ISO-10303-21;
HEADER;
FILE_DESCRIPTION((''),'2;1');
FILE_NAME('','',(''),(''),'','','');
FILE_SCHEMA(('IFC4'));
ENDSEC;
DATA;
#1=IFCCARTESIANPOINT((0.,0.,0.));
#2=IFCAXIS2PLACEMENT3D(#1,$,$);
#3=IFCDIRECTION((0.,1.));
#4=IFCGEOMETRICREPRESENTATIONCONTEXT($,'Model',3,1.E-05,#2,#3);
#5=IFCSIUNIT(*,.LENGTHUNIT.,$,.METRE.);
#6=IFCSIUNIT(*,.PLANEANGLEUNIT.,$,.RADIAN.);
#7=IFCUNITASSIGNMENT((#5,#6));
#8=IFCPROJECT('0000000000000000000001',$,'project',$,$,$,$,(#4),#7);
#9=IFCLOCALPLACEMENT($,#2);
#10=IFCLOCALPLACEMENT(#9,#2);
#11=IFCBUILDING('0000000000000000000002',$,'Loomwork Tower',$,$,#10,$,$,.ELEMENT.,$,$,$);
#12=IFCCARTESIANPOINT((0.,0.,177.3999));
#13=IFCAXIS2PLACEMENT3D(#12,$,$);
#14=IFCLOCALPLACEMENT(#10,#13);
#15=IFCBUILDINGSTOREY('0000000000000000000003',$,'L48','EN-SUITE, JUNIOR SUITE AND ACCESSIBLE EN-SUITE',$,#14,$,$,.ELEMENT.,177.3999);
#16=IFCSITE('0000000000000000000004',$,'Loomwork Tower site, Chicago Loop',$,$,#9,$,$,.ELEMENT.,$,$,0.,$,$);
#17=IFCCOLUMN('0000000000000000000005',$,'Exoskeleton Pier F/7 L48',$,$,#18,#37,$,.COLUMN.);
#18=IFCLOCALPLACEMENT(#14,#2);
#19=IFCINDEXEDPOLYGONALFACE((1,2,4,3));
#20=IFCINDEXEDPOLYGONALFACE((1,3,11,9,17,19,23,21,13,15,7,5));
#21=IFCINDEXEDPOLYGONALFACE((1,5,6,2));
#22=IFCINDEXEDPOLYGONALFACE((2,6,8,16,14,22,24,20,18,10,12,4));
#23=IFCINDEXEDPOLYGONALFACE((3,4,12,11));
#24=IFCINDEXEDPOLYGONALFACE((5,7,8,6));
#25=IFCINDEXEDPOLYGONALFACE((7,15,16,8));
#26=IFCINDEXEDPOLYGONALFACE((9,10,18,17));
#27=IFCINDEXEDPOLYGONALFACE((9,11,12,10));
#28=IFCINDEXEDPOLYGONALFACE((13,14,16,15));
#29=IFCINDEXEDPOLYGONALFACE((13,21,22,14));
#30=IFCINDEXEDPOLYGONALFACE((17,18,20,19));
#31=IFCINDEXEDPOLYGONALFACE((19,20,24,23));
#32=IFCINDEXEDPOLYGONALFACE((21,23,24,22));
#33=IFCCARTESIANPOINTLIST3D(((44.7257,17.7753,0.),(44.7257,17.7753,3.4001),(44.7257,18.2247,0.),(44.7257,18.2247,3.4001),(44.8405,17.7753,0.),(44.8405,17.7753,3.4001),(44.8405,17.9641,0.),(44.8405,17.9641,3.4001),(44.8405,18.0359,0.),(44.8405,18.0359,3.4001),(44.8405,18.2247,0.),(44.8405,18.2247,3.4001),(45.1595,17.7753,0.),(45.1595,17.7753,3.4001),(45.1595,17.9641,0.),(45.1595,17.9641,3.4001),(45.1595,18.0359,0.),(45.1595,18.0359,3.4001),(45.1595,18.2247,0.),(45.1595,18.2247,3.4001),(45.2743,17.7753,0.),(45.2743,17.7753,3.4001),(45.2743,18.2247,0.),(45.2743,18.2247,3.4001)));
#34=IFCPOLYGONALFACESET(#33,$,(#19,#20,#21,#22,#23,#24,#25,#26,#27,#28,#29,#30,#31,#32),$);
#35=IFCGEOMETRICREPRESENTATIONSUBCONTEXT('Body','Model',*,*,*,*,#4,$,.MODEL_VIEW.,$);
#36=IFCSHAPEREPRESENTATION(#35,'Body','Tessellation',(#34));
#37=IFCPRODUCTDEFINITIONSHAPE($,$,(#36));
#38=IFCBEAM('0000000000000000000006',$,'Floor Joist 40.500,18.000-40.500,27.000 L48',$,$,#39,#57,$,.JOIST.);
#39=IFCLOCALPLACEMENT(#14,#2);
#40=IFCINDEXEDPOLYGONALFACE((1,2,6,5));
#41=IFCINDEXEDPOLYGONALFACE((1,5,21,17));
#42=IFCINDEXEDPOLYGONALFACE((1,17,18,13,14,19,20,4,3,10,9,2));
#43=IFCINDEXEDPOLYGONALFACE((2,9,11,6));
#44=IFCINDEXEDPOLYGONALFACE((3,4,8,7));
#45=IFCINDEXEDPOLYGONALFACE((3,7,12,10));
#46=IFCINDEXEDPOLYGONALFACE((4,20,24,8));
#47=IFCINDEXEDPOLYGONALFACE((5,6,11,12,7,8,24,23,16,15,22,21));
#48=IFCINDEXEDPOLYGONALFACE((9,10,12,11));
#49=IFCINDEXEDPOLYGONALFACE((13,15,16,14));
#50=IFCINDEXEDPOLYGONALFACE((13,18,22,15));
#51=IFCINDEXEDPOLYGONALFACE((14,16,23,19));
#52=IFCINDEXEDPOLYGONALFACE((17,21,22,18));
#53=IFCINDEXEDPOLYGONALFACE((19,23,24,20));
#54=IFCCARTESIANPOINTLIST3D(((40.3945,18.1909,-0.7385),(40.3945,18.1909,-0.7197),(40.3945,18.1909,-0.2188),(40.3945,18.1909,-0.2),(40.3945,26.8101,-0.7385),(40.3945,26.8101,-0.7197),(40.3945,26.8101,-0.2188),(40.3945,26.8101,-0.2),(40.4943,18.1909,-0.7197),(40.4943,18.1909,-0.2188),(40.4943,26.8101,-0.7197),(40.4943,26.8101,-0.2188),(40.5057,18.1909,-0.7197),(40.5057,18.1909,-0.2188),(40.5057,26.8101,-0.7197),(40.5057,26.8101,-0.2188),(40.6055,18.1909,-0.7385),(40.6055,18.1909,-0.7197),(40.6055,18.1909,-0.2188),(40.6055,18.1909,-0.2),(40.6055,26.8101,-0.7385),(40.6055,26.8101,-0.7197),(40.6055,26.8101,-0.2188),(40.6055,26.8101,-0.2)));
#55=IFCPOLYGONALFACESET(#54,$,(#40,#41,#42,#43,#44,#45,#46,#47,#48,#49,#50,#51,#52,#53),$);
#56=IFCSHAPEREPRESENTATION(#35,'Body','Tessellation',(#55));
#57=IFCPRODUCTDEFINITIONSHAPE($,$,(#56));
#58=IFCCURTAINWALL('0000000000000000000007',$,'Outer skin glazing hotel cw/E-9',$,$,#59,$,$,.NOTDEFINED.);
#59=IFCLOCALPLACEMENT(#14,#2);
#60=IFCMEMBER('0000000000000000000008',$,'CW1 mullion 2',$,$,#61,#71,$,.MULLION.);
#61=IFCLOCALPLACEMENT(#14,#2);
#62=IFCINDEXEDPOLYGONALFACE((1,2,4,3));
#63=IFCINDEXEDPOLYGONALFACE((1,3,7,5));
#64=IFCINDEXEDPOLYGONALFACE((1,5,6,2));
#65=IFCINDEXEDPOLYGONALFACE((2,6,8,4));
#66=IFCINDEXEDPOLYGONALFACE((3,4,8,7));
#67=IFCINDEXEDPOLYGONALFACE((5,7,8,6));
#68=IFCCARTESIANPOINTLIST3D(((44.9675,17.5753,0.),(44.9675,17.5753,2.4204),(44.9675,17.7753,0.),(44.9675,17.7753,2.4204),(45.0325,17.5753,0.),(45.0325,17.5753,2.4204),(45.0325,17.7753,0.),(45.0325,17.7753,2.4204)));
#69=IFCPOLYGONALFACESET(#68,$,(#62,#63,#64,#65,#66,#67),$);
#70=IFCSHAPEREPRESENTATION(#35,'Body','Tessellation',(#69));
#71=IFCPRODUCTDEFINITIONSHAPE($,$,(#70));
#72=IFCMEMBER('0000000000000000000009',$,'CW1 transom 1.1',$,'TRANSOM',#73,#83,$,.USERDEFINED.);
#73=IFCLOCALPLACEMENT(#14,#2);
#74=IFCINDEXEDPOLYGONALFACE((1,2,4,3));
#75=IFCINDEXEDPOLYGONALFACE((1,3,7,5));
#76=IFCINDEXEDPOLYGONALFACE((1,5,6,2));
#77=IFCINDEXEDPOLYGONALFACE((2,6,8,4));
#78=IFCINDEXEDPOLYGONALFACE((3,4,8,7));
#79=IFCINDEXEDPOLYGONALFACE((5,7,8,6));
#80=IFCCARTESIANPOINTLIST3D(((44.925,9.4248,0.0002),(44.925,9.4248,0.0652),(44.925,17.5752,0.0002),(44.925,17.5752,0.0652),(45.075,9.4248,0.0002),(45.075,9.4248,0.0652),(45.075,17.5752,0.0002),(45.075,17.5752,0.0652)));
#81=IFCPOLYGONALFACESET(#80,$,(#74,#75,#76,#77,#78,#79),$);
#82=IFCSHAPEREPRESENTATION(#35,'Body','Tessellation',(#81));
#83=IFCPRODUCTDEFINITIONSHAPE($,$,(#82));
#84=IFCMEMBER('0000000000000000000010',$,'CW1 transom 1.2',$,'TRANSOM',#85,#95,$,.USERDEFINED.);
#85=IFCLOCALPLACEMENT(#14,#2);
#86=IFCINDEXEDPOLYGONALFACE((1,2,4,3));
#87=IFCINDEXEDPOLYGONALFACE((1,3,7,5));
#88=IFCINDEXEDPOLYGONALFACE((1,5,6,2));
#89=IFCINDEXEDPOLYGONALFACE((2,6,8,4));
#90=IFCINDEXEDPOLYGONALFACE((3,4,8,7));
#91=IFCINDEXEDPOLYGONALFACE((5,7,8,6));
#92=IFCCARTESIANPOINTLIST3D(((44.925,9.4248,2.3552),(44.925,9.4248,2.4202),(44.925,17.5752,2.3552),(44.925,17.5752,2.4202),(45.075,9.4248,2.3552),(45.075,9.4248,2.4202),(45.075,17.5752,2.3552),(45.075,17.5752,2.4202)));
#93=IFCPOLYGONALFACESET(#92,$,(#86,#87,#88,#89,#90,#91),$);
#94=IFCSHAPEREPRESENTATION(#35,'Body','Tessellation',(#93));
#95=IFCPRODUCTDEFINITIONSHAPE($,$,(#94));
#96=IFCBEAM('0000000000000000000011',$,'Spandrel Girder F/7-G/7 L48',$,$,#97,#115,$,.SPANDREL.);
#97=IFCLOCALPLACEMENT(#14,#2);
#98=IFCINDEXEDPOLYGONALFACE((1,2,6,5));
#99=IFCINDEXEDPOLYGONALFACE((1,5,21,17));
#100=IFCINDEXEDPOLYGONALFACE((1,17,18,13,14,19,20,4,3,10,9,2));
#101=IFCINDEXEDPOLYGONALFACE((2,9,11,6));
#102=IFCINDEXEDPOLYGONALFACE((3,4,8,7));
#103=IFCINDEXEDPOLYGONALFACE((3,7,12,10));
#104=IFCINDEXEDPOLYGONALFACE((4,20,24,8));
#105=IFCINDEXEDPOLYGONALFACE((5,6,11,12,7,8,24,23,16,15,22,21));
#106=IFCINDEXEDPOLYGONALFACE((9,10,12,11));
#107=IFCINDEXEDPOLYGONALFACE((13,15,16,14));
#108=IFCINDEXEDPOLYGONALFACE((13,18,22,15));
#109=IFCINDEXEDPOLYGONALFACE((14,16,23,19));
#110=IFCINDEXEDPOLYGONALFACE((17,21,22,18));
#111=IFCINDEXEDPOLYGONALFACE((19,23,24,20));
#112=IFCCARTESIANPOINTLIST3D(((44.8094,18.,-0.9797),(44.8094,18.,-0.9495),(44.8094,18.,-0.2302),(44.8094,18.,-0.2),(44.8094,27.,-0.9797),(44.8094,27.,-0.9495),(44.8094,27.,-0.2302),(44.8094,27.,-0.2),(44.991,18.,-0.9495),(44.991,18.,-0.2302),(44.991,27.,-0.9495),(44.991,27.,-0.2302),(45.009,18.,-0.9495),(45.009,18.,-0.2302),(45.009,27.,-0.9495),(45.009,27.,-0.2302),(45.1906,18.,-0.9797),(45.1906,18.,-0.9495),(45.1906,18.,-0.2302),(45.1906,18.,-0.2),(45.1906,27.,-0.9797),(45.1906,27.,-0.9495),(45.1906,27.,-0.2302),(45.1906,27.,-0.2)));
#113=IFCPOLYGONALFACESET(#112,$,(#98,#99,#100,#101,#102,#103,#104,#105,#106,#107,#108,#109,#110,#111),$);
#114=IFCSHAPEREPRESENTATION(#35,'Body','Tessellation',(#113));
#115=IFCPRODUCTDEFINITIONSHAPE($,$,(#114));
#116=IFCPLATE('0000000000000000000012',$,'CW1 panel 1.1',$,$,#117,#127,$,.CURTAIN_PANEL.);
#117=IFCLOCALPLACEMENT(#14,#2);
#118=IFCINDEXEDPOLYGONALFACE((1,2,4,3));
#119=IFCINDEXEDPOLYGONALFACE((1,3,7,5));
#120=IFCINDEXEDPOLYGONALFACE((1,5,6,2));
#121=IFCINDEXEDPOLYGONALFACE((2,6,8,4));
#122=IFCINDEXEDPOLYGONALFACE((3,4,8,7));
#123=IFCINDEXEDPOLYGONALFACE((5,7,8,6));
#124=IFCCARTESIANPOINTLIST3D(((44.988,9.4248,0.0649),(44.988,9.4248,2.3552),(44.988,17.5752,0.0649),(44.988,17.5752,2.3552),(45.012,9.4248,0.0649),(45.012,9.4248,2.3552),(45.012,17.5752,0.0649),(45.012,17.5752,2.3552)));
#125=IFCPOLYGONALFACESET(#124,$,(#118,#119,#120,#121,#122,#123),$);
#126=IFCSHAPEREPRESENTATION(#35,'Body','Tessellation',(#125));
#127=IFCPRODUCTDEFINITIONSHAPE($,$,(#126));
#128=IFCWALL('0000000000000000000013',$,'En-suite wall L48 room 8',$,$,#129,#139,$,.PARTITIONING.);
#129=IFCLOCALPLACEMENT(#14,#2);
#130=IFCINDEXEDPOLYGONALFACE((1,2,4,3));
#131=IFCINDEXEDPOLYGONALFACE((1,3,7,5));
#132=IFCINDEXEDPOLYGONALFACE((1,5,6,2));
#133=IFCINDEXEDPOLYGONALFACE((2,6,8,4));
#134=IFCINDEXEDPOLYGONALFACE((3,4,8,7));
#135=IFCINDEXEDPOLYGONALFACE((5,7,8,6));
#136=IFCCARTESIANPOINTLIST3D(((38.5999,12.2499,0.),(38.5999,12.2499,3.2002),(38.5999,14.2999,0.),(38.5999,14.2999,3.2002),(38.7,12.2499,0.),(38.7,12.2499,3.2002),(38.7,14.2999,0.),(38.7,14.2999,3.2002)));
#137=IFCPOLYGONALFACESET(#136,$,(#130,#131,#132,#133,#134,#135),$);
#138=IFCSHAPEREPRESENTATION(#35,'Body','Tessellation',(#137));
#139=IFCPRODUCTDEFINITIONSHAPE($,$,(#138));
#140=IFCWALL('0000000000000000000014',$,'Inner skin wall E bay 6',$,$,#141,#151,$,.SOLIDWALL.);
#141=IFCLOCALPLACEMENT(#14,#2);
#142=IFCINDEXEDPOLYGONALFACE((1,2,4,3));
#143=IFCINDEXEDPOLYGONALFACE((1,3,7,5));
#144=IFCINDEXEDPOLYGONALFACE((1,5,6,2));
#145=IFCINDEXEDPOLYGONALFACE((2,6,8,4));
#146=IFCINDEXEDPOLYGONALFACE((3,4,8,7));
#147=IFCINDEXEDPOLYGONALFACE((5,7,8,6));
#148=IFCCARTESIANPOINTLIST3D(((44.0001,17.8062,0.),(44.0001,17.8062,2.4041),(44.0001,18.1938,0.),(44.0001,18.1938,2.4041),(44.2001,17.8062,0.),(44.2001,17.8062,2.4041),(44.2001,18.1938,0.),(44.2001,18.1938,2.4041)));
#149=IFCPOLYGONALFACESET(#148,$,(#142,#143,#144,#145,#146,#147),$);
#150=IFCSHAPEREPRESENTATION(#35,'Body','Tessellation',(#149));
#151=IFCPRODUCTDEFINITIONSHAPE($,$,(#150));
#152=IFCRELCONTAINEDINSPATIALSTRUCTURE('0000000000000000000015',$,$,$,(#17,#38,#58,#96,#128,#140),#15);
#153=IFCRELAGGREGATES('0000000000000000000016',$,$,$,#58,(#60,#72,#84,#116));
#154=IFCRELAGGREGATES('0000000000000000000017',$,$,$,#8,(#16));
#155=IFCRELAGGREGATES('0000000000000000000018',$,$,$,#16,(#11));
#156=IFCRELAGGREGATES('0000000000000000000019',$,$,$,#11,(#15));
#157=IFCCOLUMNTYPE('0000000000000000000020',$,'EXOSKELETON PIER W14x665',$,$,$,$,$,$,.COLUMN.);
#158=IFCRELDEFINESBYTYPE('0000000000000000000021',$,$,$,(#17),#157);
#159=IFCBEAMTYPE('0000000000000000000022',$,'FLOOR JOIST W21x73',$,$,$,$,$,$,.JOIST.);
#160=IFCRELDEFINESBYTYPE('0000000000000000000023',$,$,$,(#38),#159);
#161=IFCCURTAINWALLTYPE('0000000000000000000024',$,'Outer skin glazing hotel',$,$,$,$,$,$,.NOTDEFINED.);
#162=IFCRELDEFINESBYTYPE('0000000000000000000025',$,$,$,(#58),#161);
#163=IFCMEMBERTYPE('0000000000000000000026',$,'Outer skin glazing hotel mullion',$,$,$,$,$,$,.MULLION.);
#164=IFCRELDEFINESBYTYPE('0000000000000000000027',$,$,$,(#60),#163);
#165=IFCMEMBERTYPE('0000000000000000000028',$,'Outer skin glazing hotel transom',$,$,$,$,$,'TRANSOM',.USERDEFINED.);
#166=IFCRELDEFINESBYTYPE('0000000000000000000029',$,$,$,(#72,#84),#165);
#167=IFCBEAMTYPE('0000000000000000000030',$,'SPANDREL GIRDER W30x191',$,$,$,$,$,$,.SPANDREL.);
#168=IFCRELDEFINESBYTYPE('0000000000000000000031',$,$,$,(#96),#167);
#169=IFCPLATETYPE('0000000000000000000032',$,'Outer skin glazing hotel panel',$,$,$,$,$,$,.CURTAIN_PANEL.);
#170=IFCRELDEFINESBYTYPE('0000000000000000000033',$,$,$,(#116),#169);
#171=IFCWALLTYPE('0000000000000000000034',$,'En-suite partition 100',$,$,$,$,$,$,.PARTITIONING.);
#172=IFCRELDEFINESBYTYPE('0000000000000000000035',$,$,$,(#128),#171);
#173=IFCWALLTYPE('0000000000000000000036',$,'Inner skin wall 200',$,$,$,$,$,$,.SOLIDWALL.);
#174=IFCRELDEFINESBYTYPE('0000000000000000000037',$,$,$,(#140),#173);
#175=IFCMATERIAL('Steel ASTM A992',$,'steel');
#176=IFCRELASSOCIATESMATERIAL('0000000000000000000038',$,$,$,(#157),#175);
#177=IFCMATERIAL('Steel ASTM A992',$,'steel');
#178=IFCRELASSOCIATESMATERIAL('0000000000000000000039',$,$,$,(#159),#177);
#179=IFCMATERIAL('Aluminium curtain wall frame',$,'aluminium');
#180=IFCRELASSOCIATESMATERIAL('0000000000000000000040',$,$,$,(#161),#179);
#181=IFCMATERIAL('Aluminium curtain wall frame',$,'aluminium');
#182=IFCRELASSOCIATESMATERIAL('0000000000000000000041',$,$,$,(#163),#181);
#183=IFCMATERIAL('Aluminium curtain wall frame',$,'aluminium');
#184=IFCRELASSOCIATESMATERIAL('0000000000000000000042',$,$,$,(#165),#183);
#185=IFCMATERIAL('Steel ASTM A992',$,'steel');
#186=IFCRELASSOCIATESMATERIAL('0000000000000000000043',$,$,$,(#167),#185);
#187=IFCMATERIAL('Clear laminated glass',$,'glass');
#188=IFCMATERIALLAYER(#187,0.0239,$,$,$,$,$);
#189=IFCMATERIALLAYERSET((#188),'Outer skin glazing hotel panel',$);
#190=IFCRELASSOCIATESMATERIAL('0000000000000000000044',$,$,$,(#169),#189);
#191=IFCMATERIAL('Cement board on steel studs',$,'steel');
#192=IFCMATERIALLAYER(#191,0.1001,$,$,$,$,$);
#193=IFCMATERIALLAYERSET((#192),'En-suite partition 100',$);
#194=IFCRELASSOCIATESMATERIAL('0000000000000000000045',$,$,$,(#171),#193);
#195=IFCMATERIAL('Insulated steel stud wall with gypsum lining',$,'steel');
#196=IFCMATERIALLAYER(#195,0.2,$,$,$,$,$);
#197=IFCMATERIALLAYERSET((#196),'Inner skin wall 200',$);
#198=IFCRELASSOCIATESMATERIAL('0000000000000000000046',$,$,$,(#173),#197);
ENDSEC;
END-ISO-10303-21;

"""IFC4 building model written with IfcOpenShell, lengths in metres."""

from ifc_helpers import new_model, si_unit, direction, frame, frame_2d, origin, origin_2d, place, context, subcontext, project, spatial, rectangle, i_section, extrude, material, layer, layer_set, material_profile, profile_set, type_object, element, aggregate, save


model = new_model("IFC4")

# Units and contexts
model_context = context("Model", 3, precision=1e-05, world=origin(), true_north=direction((0.0, 1.0)))
body_context = subcontext(model_context, "Body", "Model", "MODEL_VIEW")
ifc_project = project(units=[si_unit("LENGTHUNIT", "METRE"), si_unit("PLANEANGLEUNIT", "RADIAN")], contexts=[model_context])

# Site, building, storey
site_placement = place(None, origin())
site = spatial("IfcSite", under=ifc_project, at=site_placement, Name="Loomwork Tower site, Chicago Loop", CompositionType="ELEMENT", RefElevation=0.0)
building_placement = place(site_placement, origin())
building = spatial("IfcBuilding", under=site, at=building_placement, Name="Loomwork Tower", CompositionType="ELEMENT")
storey_placement = place(building_placement, frame((0.0, 0.0, 177.3999)))
storey = spatial("IfcBuildingStorey", under=building, at=storey_placement, Name="L48", Description="EN-SUITE, JUNIOR SUITE AND ACCESSIBLE EN-SUITE", CompositionType="ELEMENT", Elevation=177.3999)

# Column
ifc_material_1 = material(Name="Steel ASTM A992", Category="steel")
ifc_material_profile_1 = material_profile(ifc_material_1, i_section(OverallWidth=0.4495, OverallDepth=0.5486, WebThickness=0.0718, FlangeThickness=0.1147, at=origin_2d()), Name="W14x665")
ifc_profile_set_1 = profile_set([ifc_material_profile_1], Name="Steel ASTM A992")
column_type = type_object("IfcColumnType", Name="EXOSKELETON PIER W14x665", PredefinedType="COLUMN", material=ifc_profile_set_1)
column_placement = place(storey_placement, frame((45.0, 18.0, 0.0), z_axis=(0.0, 0.0, 1.0), x_axis=(0.0, 1.0, 0.0)))
element("IfcColumn", 1, at=column_placement, inside=storey, type_object=column_type, Name="Exoskeleton Pier F/7 L48", PredefinedType="COLUMN", context=body_context, shape_type="SweptSolid", body=[
    extrude(i_section(OverallWidth=0.4495, OverallDepth=0.5486, WebThickness=0.0718, FlangeThickness=0.1147, at=origin_2d()), origin(), (0.0, 0.0, 1.0), 3.4001),
])

# Beam
ifc_material_2 = material(Name="Steel ASTM A992", Category="steel")
ifc_material_profile_2 = material_profile(ifc_material_2, i_section(OverallWidth=0.2109, OverallDepth=0.5386, WebThickness=0.0115, FlangeThickness=0.0188, at=origin_2d()), Name="W21x73")
ifc_profile_set_2 = profile_set([ifc_material_profile_2], Name="Steel ASTM A992")
beam_type_1 = type_object("IfcBeamType", Name="FLOOR JOIST W21x73", PredefinedType="JOIST", material=ifc_profile_set_2)
beam_1_placement = place(storey_placement, frame((40.5, 18.1909, -0.4692), z_axis=(0.0, 1.0, 0.0), x_axis=(-1.0, 0.0, 0.0)))
element("IfcBeam", 2, at=beam_1_placement, inside=storey, type_object=beam_type_1, Name="Floor Joist 40.500,18.000-40.500,27.000 L48", PredefinedType="JOIST", context=body_context, shape_type="SweptSolid", body=[
    extrude(i_section(OverallWidth=0.2109, OverallDepth=0.5386, WebThickness=0.0115, FlangeThickness=0.0188, at=origin_2d()), origin(), (0.0, 0.0, 1.0), 8.6191),
])

# Curtain wall, members
ifc_material_3 = material(Name="Aluminium curtain wall frame", Category="aluminium")
curtain_wall_type = type_object("IfcCurtainWallType", Name="Outer skin glazing hotel", PredefinedType="NOTDEFINED", material=ifc_material_3)
curtain_wall_placement = place(storey_placement, origin())
curtain_wall = element("IfcCurtainWall", 3, at=curtain_wall_placement, inside=storey, type_object=curtain_wall_type, Name="Outer skin glazing hotel cw/E-9", PredefinedType="NOTDEFINED")
ifc_material_4 = material(Name="Aluminium curtain wall frame", Category="aluminium")
ifc_material_profile_3 = material_profile(ifc_material_4, rectangle(XDim=0.0649, YDim=0.2, at=origin_2d()), Name="AL 65x200")
ifc_profile_set_3 = profile_set([ifc_material_profile_3], Name="Aluminium curtain wall frame")
member_type_1 = type_object("IfcMemberType", Name="Outer skin glazing hotel mullion", PredefinedType="MULLION", material=ifc_profile_set_3)
member_1_placement = place(storey_placement, frame((45.0, 17.6753, 0.0), z_axis=(0.0, 0.0, 1.0), x_axis=(-1.0, 0.0, 0.0)))
member_1 = element("IfcMember", 4, at=member_1_placement, type_object=member_type_1, Name="CW1 mullion 2", PredefinedType="MULLION", context=body_context, shape_type="SweptSolid", body=[
    extrude(rectangle(XDim=0.0649, YDim=0.2, at=origin_2d()), origin(), (0.0, 0.0, 1.0), 2.4204),
])
ifc_material_5 = material(Name="Aluminium curtain wall frame", Category="aluminium")
ifc_material_profile_4 = material_profile(ifc_material_5, rectangle(XDim=0.1499, YDim=0.0649, at=origin_2d()), Name="AL 65x150")
ifc_profile_set_4 = profile_set([ifc_material_profile_4], Name="Aluminium curtain wall frame")
member_type_2 = type_object("IfcMemberType", Name="Outer skin glazing hotel transom", ElementType="TRANSOM", PredefinedType="USERDEFINED", material=ifc_profile_set_4)
member_2_placement = place(storey_placement, frame((45.0, 9.4248, 0.0327), z_axis=(0.0, 1.0, 0.0), x_axis=(-1.0, 0.0, 0.0)))
member_2 = element("IfcMember", 5, at=member_2_placement, type_object=member_type_2, Name="CW1 transom 1.1", ObjectType="TRANSOM", PredefinedType="USERDEFINED", context=body_context, shape_type="SweptSolid", body=[
    extrude(rectangle(XDim=0.1499, YDim=0.0649, at=origin_2d()), origin(), (0.0, 0.0, 1.0), 8.1504),
])
member_3_placement = place(storey_placement, frame((45.0, 9.4248, 2.3877), z_axis=(0.0, 1.0, 0.0), x_axis=(-1.0, 0.0, 0.0)))
member_3 = element("IfcMember", 6, at=member_3_placement, type_object=member_type_2, Name="CW1 transom 1.2", ObjectType="TRANSOM", PredefinedType="USERDEFINED", context=body_context, shape_type="SweptSolid", body=[
    extrude(rectangle(XDim=0.1499, YDim=0.0649, at=origin_2d()), origin(), (0.0, 0.0, 1.0), 8.1504),
])

# Beam
ifc_material_6 = material(Name="Steel ASTM A992", Category="steel")
ifc_material_profile_5 = material_profile(ifc_material_6, i_section(OverallWidth=0.3811, OverallDepth=0.7798, WebThickness=0.0181, FlangeThickness=0.0303, at=origin_2d()), Name="W30x191")
ifc_profile_set_5 = profile_set([ifc_material_profile_5], Name="Steel ASTM A992")
beam_type_2 = type_object("IfcBeamType", Name="SPANDREL GIRDER W30x191", PredefinedType="SPANDREL", material=ifc_profile_set_5)
beam_2_placement = place(storey_placement, frame((45.0, 18.0, -0.5898), z_axis=(0.0, 1.0, 0.0), x_axis=(-1.0, 0.0, 0.0)))
element("IfcBeam", 7, at=beam_2_placement, inside=storey, type_object=beam_type_2, Name="Spandrel Girder F/7-G/7 L48", PredefinedType="SPANDREL", context=body_context, shape_type="SweptSolid", body=[
    extrude(i_section(OverallWidth=0.3811, OverallDepth=0.7798, WebThickness=0.0181, FlangeThickness=0.0303, at=origin_2d()), origin(), (0.0, 0.0, 1.0), 9.0),
])

# Plate
ifc_material_7 = material(Name="Clear laminated glass", Category="glass")
ifc_layer_1 = layer(ifc_material_7, 0.0239)
ifc_layer_set_1 = layer_set([ifc_layer_1], Name="Outer skin glazing hotel panel")
plate_type = type_object("IfcPlateType", Name="Outer skin glazing hotel panel", PredefinedType="CURTAIN_PANEL", material=ifc_layer_set_1)
plate_placement = place(storey_placement, frame((45.0, 13.5, 0.0649), z_axis=(0.0, 0.0, 1.0), x_axis=(0.0, 1.0, 0.0)))
plate = element("IfcPlate", 8, at=plate_placement, type_object=plate_type, Name="CW1 panel 1.1", PredefinedType="CURTAIN_PANEL", context=body_context, shape_type="SweptSolid", body=[
    extrude(rectangle(XDim=8.1504, YDim=0.0239, at=origin_2d()), origin(), (0.0, 0.0, 1.0), 2.2903),
])
aggregate(curtain_wall, [member_1, member_2, member_3, plate])

# Walls
ifc_material_8 = material(Name="Cement board on steel studs", Category="steel")
ifc_layer_2 = layer(ifc_material_8, 0.1001)
ifc_layer_set_2 = layer_set([ifc_layer_2], Name="En-suite partition 100")
wall_type_1 = type_object("IfcWallType", Name="En-suite partition 100", PredefinedType="PARTITIONING", material=ifc_layer_set_2)
wall_1_placement = place(storey_placement, frame((38.6499, 12.25, 0.0), z_axis=(0.0, 0.0, 1.0), x_axis=(0.0, 1.0, 0.0)))
element("IfcWall", 9, at=wall_1_placement, inside=storey, type_object=wall_type_1, Name="En-suite wall L48 room 8", PredefinedType="PARTITIONING", context=body_context, shape_type="SweptSolid", body=[
    extrude(rectangle(XDim=2.05, YDim=0.1001, at=frame_2d((1.0249, 0.0))), origin(), (0.0, 0.0, 1.0), 3.2002),
])
ifc_material_9 = material(Name="Insulated steel stud wall with gypsum lining", Category="steel")
ifc_layer_3 = layer(ifc_material_9, 0.2)
ifc_layer_set_3 = layer_set([ifc_layer_3], Name="Inner skin wall 200")
wall_type_2 = type_object("IfcWallType", Name="Inner skin wall 200", PredefinedType="SOLIDWALL", material=ifc_layer_set_3)
wall_2_placement = place(storey_placement, frame((44.1001, 17.8062, 0.0), z_axis=(0.0, 0.0, 1.0), x_axis=(0.0, 1.0, 0.0)))
element("IfcWall", 10, at=wall_2_placement, inside=storey, type_object=wall_type_2, Name="Inner skin wall E bay 6", PredefinedType="SOLIDWALL", context=body_context, shape_type="SweptSolid", body=[
    extrude(rectangle(XDim=0.3877, YDim=0.2, at=frame_2d((0.1938, 0.0))), origin(), (0.0, 0.0, 1.0), 2.4041),
])

save(model, "model.ifc")
